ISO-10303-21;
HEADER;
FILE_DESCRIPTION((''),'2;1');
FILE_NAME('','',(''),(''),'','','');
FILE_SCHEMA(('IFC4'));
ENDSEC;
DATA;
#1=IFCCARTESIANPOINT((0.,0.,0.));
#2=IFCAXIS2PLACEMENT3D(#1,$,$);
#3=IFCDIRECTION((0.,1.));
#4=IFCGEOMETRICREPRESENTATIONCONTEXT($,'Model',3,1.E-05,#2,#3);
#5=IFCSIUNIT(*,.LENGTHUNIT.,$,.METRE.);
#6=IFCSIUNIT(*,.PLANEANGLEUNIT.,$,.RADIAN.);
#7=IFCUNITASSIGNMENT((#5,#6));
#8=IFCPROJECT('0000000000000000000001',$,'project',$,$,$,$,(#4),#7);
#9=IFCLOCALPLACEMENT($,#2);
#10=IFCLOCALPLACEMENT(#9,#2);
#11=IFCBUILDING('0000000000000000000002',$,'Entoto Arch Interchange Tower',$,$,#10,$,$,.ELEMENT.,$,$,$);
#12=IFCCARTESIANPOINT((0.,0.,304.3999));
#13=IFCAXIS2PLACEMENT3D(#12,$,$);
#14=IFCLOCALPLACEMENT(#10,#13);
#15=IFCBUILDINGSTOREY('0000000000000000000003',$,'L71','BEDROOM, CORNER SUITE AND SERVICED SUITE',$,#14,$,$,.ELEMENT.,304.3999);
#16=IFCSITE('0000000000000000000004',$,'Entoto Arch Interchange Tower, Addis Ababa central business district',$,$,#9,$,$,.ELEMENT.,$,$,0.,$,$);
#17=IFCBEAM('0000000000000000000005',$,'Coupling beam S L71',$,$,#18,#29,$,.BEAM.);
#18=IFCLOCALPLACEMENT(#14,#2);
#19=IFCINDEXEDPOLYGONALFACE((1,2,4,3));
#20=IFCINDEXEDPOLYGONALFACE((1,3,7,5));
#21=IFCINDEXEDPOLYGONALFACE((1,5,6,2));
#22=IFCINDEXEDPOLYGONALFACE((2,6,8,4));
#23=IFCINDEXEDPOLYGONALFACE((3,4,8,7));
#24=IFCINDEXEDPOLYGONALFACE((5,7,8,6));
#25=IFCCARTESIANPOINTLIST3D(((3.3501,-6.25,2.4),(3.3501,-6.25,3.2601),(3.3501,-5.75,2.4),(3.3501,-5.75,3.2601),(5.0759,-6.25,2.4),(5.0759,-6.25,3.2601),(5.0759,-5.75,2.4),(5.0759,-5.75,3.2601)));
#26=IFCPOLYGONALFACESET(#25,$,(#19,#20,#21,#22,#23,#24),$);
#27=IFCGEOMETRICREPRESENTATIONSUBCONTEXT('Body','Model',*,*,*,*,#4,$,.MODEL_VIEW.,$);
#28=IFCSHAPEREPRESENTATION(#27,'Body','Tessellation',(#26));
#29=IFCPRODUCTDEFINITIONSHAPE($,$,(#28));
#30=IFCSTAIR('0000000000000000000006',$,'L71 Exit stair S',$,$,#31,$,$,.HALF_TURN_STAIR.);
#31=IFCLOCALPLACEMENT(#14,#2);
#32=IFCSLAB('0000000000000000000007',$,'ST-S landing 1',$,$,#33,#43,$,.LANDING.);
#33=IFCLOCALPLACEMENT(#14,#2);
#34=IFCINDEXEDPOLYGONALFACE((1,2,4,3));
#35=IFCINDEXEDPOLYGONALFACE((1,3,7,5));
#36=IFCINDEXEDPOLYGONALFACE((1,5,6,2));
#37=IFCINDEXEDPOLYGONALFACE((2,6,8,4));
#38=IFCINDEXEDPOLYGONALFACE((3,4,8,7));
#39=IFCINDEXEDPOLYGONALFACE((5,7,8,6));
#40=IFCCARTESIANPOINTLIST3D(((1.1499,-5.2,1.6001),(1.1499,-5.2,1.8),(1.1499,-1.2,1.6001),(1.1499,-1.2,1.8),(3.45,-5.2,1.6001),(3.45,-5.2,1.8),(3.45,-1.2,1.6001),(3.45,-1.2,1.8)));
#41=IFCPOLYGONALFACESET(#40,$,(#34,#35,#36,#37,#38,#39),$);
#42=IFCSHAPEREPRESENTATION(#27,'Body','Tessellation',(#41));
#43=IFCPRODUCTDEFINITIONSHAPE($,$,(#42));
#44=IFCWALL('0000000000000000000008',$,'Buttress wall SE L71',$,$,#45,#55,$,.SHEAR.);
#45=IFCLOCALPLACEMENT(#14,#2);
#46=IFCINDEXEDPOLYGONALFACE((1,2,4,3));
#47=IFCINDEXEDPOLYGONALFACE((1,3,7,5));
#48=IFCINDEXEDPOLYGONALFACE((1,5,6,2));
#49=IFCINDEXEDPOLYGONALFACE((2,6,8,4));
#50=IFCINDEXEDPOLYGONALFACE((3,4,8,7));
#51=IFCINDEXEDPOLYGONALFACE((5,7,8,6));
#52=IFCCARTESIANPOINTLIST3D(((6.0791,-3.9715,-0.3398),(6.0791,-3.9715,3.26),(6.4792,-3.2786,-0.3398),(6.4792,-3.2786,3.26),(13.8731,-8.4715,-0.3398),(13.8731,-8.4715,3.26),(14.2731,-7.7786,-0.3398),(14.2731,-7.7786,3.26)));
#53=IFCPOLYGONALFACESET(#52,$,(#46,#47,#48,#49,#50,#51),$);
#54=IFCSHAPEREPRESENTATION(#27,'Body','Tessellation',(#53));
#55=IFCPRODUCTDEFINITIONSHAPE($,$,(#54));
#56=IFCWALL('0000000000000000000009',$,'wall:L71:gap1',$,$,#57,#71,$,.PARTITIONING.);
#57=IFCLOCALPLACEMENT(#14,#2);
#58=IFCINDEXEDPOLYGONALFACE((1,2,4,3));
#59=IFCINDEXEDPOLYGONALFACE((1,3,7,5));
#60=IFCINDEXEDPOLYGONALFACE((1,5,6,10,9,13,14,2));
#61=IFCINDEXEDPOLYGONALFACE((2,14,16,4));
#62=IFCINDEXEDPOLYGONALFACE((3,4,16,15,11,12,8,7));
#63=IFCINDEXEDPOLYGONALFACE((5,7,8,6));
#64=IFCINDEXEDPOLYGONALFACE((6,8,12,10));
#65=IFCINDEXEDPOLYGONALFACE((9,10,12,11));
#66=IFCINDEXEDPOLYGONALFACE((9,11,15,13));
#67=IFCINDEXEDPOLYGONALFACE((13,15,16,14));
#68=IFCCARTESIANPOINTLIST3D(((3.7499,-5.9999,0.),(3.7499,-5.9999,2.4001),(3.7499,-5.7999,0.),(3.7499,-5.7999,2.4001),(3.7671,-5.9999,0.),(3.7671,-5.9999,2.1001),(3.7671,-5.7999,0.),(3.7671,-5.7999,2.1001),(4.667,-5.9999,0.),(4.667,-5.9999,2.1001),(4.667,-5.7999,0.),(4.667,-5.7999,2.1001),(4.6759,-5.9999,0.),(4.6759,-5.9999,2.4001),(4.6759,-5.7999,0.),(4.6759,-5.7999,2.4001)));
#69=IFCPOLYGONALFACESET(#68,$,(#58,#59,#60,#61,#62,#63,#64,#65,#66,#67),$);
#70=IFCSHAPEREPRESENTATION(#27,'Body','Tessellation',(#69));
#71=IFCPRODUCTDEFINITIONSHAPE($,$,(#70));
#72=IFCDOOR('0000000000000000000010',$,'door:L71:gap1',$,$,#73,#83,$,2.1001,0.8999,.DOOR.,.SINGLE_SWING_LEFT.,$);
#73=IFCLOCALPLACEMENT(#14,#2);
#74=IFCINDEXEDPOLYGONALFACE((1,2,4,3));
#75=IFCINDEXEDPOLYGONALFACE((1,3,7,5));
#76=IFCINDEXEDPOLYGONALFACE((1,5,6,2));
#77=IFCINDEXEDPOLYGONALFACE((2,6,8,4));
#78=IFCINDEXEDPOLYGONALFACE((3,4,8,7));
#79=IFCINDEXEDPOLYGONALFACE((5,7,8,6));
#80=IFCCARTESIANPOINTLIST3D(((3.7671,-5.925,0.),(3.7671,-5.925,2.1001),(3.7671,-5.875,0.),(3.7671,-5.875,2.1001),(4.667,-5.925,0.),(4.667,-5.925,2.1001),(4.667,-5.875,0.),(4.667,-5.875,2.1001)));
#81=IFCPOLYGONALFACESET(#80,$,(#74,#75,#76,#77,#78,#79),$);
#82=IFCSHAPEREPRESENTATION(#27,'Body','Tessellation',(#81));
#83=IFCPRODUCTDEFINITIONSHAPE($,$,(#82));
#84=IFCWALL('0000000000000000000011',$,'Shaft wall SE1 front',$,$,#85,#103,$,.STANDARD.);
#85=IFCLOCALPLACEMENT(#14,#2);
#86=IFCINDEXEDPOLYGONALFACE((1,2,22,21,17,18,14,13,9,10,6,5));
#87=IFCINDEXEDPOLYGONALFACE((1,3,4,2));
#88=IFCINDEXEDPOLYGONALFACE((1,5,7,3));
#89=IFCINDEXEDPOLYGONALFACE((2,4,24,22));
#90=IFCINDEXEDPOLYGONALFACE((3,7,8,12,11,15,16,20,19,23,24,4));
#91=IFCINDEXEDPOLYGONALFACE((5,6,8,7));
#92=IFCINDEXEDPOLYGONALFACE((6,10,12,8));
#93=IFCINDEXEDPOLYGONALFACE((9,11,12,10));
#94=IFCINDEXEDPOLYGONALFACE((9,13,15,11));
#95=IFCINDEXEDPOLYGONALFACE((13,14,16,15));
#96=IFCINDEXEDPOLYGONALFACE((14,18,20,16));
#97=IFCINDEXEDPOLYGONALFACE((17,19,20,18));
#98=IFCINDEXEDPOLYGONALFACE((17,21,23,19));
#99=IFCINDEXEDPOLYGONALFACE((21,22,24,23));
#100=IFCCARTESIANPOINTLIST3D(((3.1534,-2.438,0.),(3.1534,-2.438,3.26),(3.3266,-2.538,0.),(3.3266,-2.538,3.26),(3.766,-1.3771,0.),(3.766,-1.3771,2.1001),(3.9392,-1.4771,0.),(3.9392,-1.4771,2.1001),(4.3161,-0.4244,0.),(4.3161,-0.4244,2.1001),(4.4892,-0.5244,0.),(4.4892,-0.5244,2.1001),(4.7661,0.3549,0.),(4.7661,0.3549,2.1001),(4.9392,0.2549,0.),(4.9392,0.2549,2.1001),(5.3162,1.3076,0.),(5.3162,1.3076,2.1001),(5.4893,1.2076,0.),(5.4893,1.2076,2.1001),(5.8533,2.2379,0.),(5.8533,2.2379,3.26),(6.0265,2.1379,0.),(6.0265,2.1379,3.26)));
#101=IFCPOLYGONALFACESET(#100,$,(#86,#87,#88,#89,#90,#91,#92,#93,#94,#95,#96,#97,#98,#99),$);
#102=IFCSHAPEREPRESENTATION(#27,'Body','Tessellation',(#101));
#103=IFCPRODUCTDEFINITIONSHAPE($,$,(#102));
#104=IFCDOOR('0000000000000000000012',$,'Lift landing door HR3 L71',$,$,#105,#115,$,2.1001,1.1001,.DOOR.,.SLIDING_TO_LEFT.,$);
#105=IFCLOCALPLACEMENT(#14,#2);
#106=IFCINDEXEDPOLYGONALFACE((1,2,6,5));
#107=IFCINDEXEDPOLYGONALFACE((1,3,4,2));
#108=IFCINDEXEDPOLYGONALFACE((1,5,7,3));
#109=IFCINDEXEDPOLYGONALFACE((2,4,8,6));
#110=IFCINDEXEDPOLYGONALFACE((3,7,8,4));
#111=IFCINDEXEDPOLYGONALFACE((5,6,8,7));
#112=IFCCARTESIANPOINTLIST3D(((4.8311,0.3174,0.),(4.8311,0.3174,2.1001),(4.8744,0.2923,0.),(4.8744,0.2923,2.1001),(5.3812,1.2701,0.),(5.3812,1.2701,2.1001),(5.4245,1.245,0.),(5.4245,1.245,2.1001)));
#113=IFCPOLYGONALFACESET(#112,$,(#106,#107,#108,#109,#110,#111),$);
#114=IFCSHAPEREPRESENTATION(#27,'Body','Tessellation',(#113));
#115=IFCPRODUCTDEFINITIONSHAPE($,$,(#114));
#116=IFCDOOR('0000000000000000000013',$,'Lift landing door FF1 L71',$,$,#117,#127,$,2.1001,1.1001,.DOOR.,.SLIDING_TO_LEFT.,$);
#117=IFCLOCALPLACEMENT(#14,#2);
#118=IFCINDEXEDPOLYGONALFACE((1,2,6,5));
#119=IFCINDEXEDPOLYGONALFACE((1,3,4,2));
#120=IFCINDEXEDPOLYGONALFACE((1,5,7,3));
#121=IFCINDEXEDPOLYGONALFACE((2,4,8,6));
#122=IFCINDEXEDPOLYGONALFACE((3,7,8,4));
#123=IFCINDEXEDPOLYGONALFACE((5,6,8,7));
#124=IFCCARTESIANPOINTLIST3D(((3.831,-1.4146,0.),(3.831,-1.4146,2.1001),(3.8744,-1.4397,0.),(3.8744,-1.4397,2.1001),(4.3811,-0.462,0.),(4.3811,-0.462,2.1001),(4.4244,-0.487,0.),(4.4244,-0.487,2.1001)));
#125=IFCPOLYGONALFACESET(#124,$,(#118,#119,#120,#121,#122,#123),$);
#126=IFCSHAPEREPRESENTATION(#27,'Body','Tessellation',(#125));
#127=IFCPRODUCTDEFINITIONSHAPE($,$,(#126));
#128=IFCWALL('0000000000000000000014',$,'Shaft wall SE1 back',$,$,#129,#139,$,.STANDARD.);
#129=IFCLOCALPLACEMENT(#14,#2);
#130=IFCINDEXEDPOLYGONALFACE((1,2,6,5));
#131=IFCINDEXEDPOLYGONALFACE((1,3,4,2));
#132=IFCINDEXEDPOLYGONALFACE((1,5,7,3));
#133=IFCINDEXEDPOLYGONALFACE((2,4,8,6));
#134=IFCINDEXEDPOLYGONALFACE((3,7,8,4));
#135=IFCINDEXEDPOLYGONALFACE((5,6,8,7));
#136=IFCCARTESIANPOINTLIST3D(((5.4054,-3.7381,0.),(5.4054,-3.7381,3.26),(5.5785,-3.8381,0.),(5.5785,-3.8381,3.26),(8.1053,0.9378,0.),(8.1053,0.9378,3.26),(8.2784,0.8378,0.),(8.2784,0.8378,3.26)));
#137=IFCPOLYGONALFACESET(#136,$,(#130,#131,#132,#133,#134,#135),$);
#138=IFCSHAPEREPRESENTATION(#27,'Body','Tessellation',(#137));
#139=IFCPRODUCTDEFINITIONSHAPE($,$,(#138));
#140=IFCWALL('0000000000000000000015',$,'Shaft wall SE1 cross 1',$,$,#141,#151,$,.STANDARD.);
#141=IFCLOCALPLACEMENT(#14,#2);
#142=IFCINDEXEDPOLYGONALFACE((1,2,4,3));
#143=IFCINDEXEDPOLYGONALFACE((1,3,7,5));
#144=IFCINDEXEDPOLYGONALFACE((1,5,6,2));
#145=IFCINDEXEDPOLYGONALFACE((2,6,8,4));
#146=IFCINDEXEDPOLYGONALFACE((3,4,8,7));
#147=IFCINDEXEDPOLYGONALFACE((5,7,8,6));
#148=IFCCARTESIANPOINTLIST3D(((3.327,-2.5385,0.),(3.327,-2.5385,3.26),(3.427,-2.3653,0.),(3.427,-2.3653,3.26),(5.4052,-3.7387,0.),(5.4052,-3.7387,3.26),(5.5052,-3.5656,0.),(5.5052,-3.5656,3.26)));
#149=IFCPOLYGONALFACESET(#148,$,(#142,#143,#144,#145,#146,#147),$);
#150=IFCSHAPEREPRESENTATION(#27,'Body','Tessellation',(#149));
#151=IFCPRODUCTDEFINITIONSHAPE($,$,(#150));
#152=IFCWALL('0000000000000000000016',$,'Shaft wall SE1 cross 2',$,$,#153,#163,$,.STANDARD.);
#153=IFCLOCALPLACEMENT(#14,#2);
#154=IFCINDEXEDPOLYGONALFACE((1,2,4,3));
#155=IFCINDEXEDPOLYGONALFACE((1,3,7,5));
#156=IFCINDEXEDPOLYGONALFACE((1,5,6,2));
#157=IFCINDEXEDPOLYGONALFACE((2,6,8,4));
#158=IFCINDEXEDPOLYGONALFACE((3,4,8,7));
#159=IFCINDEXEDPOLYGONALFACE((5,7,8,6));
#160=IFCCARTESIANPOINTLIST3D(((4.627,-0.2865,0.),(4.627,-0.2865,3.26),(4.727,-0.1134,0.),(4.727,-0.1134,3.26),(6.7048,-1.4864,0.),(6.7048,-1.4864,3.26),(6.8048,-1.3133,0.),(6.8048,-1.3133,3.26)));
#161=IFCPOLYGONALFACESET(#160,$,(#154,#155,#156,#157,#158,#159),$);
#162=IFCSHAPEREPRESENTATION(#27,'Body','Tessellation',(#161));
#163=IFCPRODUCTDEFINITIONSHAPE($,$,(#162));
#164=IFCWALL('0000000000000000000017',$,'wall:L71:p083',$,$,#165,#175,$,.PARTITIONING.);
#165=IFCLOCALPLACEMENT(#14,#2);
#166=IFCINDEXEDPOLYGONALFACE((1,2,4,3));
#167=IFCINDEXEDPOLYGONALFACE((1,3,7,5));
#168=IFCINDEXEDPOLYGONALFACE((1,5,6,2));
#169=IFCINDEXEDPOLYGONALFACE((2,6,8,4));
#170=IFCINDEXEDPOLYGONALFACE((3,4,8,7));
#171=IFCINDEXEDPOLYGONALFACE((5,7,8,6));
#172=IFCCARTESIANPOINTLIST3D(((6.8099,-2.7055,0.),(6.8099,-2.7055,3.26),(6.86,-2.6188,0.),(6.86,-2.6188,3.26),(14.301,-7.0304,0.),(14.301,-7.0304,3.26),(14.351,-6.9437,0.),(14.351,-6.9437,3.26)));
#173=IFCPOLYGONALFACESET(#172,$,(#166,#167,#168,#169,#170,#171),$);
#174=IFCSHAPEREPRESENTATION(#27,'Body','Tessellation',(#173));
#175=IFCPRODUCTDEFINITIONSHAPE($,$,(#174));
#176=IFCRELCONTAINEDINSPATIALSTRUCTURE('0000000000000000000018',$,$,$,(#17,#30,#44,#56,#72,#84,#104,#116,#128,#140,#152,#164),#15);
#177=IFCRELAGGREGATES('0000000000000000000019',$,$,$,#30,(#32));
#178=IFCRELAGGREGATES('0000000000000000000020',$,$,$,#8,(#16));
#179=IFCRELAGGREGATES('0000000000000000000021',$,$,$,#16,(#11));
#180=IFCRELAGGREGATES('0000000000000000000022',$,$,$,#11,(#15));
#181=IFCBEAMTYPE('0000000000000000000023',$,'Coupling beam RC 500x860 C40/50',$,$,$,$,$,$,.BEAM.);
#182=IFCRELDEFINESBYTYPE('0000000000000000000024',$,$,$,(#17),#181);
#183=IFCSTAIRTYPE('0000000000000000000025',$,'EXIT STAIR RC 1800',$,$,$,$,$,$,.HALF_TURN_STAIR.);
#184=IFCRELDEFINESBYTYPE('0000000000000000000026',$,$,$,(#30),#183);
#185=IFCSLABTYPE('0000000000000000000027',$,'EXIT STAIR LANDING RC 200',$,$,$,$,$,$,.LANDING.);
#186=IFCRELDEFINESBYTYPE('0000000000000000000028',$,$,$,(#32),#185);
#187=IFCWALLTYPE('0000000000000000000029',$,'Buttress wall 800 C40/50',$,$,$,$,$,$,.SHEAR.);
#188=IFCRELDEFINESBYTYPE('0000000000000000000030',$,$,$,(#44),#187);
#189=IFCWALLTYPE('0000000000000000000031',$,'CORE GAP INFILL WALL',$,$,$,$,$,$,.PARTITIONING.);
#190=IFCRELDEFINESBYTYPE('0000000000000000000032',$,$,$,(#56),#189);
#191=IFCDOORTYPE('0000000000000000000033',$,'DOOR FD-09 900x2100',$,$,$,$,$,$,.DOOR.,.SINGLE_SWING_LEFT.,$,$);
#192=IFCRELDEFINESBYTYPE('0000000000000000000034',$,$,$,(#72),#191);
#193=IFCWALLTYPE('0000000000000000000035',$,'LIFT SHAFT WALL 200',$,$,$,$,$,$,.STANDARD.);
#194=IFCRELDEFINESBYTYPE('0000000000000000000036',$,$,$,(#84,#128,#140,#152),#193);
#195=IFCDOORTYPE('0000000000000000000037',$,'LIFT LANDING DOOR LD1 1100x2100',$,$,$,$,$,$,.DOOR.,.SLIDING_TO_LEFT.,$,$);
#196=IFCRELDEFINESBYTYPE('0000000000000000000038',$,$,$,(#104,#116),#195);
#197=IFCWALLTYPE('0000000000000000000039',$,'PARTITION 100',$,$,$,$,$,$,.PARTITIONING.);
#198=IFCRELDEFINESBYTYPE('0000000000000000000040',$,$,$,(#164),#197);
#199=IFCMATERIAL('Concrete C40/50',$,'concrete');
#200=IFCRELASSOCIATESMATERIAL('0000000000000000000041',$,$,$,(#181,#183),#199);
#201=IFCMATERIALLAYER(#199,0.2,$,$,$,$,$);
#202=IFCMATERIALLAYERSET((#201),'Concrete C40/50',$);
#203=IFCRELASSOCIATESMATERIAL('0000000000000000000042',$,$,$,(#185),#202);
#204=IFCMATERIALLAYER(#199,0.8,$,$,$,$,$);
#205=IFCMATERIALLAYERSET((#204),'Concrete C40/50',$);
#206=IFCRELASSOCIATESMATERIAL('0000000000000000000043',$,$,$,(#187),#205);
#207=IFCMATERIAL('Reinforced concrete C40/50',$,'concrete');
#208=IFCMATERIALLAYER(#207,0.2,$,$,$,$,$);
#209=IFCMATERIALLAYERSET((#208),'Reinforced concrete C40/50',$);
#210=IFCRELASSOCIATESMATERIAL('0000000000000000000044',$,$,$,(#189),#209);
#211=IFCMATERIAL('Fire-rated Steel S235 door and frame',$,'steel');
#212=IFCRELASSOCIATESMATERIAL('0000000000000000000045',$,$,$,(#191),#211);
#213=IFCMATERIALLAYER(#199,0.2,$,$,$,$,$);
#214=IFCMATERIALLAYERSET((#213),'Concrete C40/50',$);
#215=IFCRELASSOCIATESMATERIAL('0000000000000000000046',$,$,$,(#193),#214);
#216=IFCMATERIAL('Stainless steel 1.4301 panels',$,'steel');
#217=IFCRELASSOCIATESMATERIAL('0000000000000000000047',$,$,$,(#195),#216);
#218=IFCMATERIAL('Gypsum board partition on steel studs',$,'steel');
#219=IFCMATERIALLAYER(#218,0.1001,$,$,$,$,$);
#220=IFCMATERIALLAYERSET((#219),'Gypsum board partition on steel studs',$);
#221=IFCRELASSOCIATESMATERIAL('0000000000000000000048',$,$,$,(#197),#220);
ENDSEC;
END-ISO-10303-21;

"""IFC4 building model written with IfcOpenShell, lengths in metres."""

from ifc_helpers import new_model, si_unit, direction, frame, frame_2d, origin, origin_2d, place, context, subcontext, project, spatial, polyline, rectangle, outline, extrude, material, layer, layer_set, material_profile, profile_set, type_object, element, fill, aggregate, save


model = new_model("IFC4")

# Units and contexts
model_context = context("Model", 3, precision=1e-05, world=origin(), true_north=direction((0.0, 1.0)))
body_context = subcontext(model_context, "Body", "Model", "MODEL_VIEW")
ifc_project = project(units=[si_unit("LENGTHUNIT", "METRE"), si_unit("PLANEANGLEUNIT", "RADIAN")], contexts=[model_context])

# Site, building, storey
site_placement = place(None, origin())
site = spatial("IfcSite", under=ifc_project, at=site_placement, Name="Entoto Arch Interchange Tower, Addis Ababa central business district", CompositionType="ELEMENT", RefElevation=0.0)
building_placement = place(site_placement, origin())
building = spatial("IfcBuilding", under=site, at=building_placement, Name="Entoto Arch Interchange Tower", CompositionType="ELEMENT")
storey_placement = place(building_placement, frame((0.0, 0.0, 304.3999)))
storey = spatial("IfcBuildingStorey", under=building, at=storey_placement, Name="L71", Description="BEDROOM, CORNER SUITE AND SERVICED SUITE", CompositionType="ELEMENT", Elevation=304.3999)

# Beam
ifc_material_1 = material(Name="Concrete C40/50", Category="concrete")
ifc_material_profile = material_profile(ifc_material_1, rectangle(XDim=0.5, YDim=0.8601, at=origin_2d()))
ifc_profile_set = profile_set([ifc_material_profile], Name="Concrete C40/50")
beam_type = type_object("IfcBeamType", Name="Coupling beam RC 500x860 C40/50", PredefinedType="BEAM", material=ifc_profile_set)
beam_placement = place(storey_placement, frame((3.3501, -6.0, 2.8301), z_axis=(1.0, 0.0, 0.0), x_axis=(0.0, 1.0, 0.0)))
element("IfcBeam", 1, at=beam_placement, inside=storey, type_object=beam_type, Name="Coupling beam S L71", PredefinedType="BEAM", context=body_context, shape_type="SweptSolid", body=[
    extrude(rectangle(XDim=0.5, YDim=0.8601, at=origin_2d()), origin(), (0.0, 0.0, 1.0), 1.7258),
])

# Stair, slab
stair_type = type_object("IfcStairType", Name="EXIT STAIR RC 1800", PredefinedType="HALF_TURN_STAIR", material=ifc_material_1)
stair_placement = place(storey_placement, origin())
stair = element("IfcStair", 2, at=stair_placement, inside=storey, type_object=stair_type, Name="L71 Exit stair S", PredefinedType="HALF_TURN_STAIR")
ifc_layer_1 = layer(ifc_material_1, 0.2)
ifc_layer_set_1 = layer_set([ifc_layer_1], Name="Concrete C40/50")
slab_type = type_object("IfcSlabType", Name="EXIT STAIR LANDING RC 200", PredefinedType="LANDING", material=ifc_layer_set_1)
slab_placement = place(storey_placement, frame((0.0, 0.0, 1.6001)))
slab = element("IfcSlab", 3, at=slab_placement, type_object=slab_type, Name="ST-S landing 1", PredefinedType="LANDING", context=body_context, shape_type="SweptSolid", body=[
    extrude(outline(polyline([(1.1499, -5.2), (3.45, -5.2), (3.45, -1.2), (1.1499, -1.2), (1.1499, -5.2)])), origin(), (0.0, 0.0, 1.0), 0.2),
])

# Wall
ifc_layer_2 = layer(ifc_material_1, 0.8)
ifc_layer_set_2 = layer_set([ifc_layer_2], Name="Concrete C40/50")
wall_type_1 = type_object("IfcWallType", Name="Buttress wall 800 C40/50", PredefinedType="SHEAR", material=ifc_layer_set_2)
wall_1_placement = place(storey_placement, frame((6.2791, -3.625, -0.3398), z_axis=(0.0, 0.0, 1.0), x_axis=(0.866018, -0.500014, 0.0)))
element("IfcWall", 4, at=wall_1_placement, inside=storey, type_object=wall_type_1, Name="Buttress wall SE L71", PredefinedType="SHEAR", context=body_context, shape_type="SweptSolid", body=[
    extrude(rectangle(XDim=8.9998, YDim=0.8, at=frame_2d((4.5, 0.0))), origin(), (0.0, 0.0, 1.0), 3.5999),
])

# Wall, opening, door
ifc_material_2 = material(Name="Reinforced concrete C40/50", Category="concrete")
ifc_layer_3 = layer(ifc_material_2, 0.2)
ifc_layer_set_3 = layer_set([ifc_layer_3], Name="Reinforced concrete C40/50")
wall_type_2 = type_object("IfcWallType", Name="CORE GAP INFILL WALL", PredefinedType="PARTITIONING", material=ifc_layer_set_3)
wall_2_placement = place(storey_placement, frame((3.75, -5.8999, 0.0), z_axis=(0.0, 0.0, 1.0), x_axis=(1.0, 0.0, 0.0)))
wall_2 = element("IfcWall", 5, at=wall_2_placement, inside=storey, type_object=wall_type_2, Name="wall:L71:gap1", PredefinedType="PARTITIONING", context=body_context, shape_type="SweptSolid", body=[
    extrude(rectangle(XDim=0.926, YDim=0.2, at=frame_2d((0.4629, 0.0))), origin(), (0.0, 0.0, 1.0), 2.4001),
])
opening_1_placement = place(wall_2_placement, frame((0.0171, 0.0, 0.0)))
opening_1 = element("IfcOpeningElement", 6, at=opening_1_placement, cuts=wall_2, PredefinedType="OPENING", context=body_context, shape_type="SweptSolid", body=[
    extrude(rectangle(XDim=0.8999, YDim=2.1001, at=frame_2d((0.45, 1.05))), frame((0.0, 0.1099, 0.0), z_axis=(0.0, -1.0, 0.0), x_axis=(1.0, 0.0, 0.0)), (0.0, 0.0, 1.0), 0.22),
])
ifc_material_3 = material(Name="Fire-rated Steel S235 door and frame", Category="steel")
door_type_1 = type_object("IfcDoorType", Name="DOOR FD-09 900x2100", OperationType="SINGLE_SWING_LEFT", PredefinedType="DOOR", material=ifc_material_3)
door_1_placement = place(opening_1_placement, origin())
door_1 = element("IfcDoor", 7, at=door_1_placement, inside=storey, type_object=door_type_1, Name="door:L71:gap1", OperationType="SINGLE_SWING_LEFT", OverallHeight=2.1001, OverallWidth=0.8999, PredefinedType="DOOR", context=body_context, shape_type="SweptSolid", body=[
    extrude(rectangle(XDim=0.8999, YDim=2.1001, at=frame_2d((0.45, 1.05))), frame((0.0, 0.0249, 0.0), z_axis=(0.0, -1.0, 0.0), x_axis=(1.0, 0.0, 0.0)), (0.0, 0.0, 1.0), 0.05),
])
fill(opening_1, door_1)

# Wall, openings, doors
ifc_layer_4 = layer(ifc_material_1, 0.2)
ifc_layer_set_4 = layer_set([ifc_layer_4], Name="Concrete C40/50")
wall_type_3 = type_object("IfcWallType", Name="LIFT SHAFT WALL 200", PredefinedType="STANDARD", material=ifc_layer_set_4)
wall_3_placement = place(storey_placement, frame((3.24, -2.488, 0.0), z_axis=(0.0, 0.0, 1.0), x_axis=(0.500034, 0.866006, 0.0)))
wall_3 = element("IfcWall", 8, at=wall_3_placement, inside=storey, type_object=wall_type_3, Name="Shaft wall SE1 front", PredefinedType="STANDARD", context=body_context, shape_type="SweptSolid", body=[
    extrude(rectangle(XDim=5.3994, YDim=0.2, at=frame_2d((2.6997, 0.0))), origin(), (0.0, 0.0, 1.0), 3.26),
])
opening_2_placement = place(wall_3_placement, frame((3.2251, 0.0, 0.0)))
opening_2 = element("IfcOpeningElement", 9, at=opening_2_placement, cuts=wall_3, PredefinedType="OPENING", context=body_context, shape_type="SweptSolid", body=[
    extrude(rectangle(XDim=1.1001, YDim=2.1001, at=frame_2d((0.55, 1.05))), frame((0.0, 0.1099, 0.0), z_axis=(0.0, -1.0, 0.0), x_axis=(1.0, 0.0, 0.0)), (0.0, 0.0, 1.0), 0.22),
])
opening_3_placement = place(wall_3_placement, frame((1.2251, 0.0, 0.0)))
opening_3 = element("IfcOpeningElement", 10, at=opening_3_placement, cuts=wall_3, PredefinedType="OPENING", context=body_context, shape_type="SweptSolid", body=[
    extrude(rectangle(XDim=1.1001, YDim=2.1001, at=frame_2d((0.55, 1.05))), frame((0.0, 0.1099, 0.0), z_axis=(0.0, -1.0, 0.0), x_axis=(1.0, 0.0, 0.0)), (0.0, 0.0, 1.0), 0.22),
])
ifc_material_4 = material(Name="Stainless steel 1.4301 panels", Category="steel")
door_type_2 = type_object("IfcDoorType", Name="LIFT LANDING DOOR LD1 1100x2100", OperationType="SLIDING_TO_LEFT", PredefinedType="DOOR", material=ifc_material_4)
door_2_placement = place(opening_2_placement, origin())
door_2 = element("IfcDoor", 11, at=door_2_placement, inside=storey, type_object=door_type_2, Name="Lift landing door HR3 L71", OperationType="SLIDING_TO_LEFT", OverallHeight=2.1001, OverallWidth=1.1001, PredefinedType="DOOR", context=body_context, shape_type="SweptSolid", body=[
    extrude(rectangle(XDim=1.1001, YDim=2.1001, at=frame_2d((0.55, 1.05))), frame((0.0, 0.0249, 0.0), z_axis=(0.0, -1.0, 0.0), x_axis=(1.0, 0.0, 0.0)), (0.0, 0.0, 1.0), 0.05),
])
fill(opening_2, door_2)
door_3_placement = place(opening_3_placement, origin())
door_3 = element("IfcDoor", 12, at=door_3_placement, inside=storey, type_object=door_type_2, Name="Lift landing door FF1 L71", OperationType="SLIDING_TO_LEFT", OverallHeight=2.1001, OverallWidth=1.1001, PredefinedType="DOOR", context=body_context, shape_type="SweptSolid", body=[
    extrude(rectangle(XDim=1.1001, YDim=2.1001, at=frame_2d((0.55, 1.05))), frame((0.0, 0.0249, 0.0), z_axis=(0.0, -1.0, 0.0), x_axis=(1.0, 0.0, 0.0)), (0.0, 0.0, 1.0), 0.05),
])
fill(opening_3, door_3)

# Walls
wall_4_placement = place(storey_placement, frame((5.4919, -3.7881, 0.0), z_axis=(0.0, 0.0, 1.0), x_axis=(0.500034, 0.866006, 0.0)))
element("IfcWall", 13, at=wall_4_placement, inside=storey, type_object=wall_type_3, Name="Shaft wall SE1 back", PredefinedType="STANDARD", context=body_context, shape_type="SweptSolid", body=[
    extrude(rectangle(XDim=5.3994, YDim=0.2, at=frame_2d((2.6997, 0.0))), origin(), (0.0, 0.0, 1.0), 3.26),
])
wall_5_placement = place(storey_placement, frame((3.377, -2.4519, 0.0), z_axis=(0.0, 0.0, 1.0), x_axis=(0.865955, -0.500122, 0.0)))
element("IfcWall", 14, at=wall_5_placement, inside=storey, type_object=wall_type_3, Name="Shaft wall SE1 cross 1", PredefinedType="STANDARD", context=body_context, shape_type="SweptSolid", body=[
    extrude(rectangle(XDim=2.3999, YDim=0.2, at=frame_2d((1.2, 0.0))), origin(), (0.0, 0.0, 1.0), 3.26),
])
wall_6_placement = place(storey_placement, frame((4.677, -0.2, 0.0), z_axis=(0.0, 0.0, 1.0), x_axis=(0.865974, -0.500089, 0.0)))
element("IfcWall", 15, at=wall_6_placement, inside=storey, type_object=wall_type_3, Name="Shaft wall SE1 cross 2", PredefinedType="STANDARD", context=body_context, shape_type="SweptSolid", body=[
    extrude(rectangle(XDim=2.3994, YDim=0.2, at=frame_2d((1.1997, 0.0))), origin(), (0.0, 0.0, 1.0), 3.26),
])
ifc_material_5 = material(Name="Gypsum board partition on steel studs", Category="steel")
ifc_layer_5 = layer(ifc_material_5, 0.1001)
ifc_layer_set_5 = layer_set([ifc_layer_5], Name="Gypsum board partition on steel studs")
wall_type_4 = type_object("IfcWallType", Name="PARTITION 100", PredefinedType="PARTITIONING", material=ifc_layer_set_5)
wall_7_placement = place(storey_placement, frame((6.835, -2.6621, 0.0), z_axis=(0.0, 0.0, 1.0), x_axis=(0.866023, -0.500003, 0.0)))
element("IfcWall", 16, at=wall_7_placement, inside=storey, type_object=wall_type_4, Name="wall:L71:p083", PredefinedType="PARTITIONING", context=body_context, shape_type="SweptSolid", body=[
    extrude(rectangle(XDim=8.6499, YDim=0.1001, at=frame_2d((4.325, 0.0))), origin(), (0.0, 0.0, 1.0), 3.26),
])

aggregate(stair, [slab])

save(model, "model.ifc")
